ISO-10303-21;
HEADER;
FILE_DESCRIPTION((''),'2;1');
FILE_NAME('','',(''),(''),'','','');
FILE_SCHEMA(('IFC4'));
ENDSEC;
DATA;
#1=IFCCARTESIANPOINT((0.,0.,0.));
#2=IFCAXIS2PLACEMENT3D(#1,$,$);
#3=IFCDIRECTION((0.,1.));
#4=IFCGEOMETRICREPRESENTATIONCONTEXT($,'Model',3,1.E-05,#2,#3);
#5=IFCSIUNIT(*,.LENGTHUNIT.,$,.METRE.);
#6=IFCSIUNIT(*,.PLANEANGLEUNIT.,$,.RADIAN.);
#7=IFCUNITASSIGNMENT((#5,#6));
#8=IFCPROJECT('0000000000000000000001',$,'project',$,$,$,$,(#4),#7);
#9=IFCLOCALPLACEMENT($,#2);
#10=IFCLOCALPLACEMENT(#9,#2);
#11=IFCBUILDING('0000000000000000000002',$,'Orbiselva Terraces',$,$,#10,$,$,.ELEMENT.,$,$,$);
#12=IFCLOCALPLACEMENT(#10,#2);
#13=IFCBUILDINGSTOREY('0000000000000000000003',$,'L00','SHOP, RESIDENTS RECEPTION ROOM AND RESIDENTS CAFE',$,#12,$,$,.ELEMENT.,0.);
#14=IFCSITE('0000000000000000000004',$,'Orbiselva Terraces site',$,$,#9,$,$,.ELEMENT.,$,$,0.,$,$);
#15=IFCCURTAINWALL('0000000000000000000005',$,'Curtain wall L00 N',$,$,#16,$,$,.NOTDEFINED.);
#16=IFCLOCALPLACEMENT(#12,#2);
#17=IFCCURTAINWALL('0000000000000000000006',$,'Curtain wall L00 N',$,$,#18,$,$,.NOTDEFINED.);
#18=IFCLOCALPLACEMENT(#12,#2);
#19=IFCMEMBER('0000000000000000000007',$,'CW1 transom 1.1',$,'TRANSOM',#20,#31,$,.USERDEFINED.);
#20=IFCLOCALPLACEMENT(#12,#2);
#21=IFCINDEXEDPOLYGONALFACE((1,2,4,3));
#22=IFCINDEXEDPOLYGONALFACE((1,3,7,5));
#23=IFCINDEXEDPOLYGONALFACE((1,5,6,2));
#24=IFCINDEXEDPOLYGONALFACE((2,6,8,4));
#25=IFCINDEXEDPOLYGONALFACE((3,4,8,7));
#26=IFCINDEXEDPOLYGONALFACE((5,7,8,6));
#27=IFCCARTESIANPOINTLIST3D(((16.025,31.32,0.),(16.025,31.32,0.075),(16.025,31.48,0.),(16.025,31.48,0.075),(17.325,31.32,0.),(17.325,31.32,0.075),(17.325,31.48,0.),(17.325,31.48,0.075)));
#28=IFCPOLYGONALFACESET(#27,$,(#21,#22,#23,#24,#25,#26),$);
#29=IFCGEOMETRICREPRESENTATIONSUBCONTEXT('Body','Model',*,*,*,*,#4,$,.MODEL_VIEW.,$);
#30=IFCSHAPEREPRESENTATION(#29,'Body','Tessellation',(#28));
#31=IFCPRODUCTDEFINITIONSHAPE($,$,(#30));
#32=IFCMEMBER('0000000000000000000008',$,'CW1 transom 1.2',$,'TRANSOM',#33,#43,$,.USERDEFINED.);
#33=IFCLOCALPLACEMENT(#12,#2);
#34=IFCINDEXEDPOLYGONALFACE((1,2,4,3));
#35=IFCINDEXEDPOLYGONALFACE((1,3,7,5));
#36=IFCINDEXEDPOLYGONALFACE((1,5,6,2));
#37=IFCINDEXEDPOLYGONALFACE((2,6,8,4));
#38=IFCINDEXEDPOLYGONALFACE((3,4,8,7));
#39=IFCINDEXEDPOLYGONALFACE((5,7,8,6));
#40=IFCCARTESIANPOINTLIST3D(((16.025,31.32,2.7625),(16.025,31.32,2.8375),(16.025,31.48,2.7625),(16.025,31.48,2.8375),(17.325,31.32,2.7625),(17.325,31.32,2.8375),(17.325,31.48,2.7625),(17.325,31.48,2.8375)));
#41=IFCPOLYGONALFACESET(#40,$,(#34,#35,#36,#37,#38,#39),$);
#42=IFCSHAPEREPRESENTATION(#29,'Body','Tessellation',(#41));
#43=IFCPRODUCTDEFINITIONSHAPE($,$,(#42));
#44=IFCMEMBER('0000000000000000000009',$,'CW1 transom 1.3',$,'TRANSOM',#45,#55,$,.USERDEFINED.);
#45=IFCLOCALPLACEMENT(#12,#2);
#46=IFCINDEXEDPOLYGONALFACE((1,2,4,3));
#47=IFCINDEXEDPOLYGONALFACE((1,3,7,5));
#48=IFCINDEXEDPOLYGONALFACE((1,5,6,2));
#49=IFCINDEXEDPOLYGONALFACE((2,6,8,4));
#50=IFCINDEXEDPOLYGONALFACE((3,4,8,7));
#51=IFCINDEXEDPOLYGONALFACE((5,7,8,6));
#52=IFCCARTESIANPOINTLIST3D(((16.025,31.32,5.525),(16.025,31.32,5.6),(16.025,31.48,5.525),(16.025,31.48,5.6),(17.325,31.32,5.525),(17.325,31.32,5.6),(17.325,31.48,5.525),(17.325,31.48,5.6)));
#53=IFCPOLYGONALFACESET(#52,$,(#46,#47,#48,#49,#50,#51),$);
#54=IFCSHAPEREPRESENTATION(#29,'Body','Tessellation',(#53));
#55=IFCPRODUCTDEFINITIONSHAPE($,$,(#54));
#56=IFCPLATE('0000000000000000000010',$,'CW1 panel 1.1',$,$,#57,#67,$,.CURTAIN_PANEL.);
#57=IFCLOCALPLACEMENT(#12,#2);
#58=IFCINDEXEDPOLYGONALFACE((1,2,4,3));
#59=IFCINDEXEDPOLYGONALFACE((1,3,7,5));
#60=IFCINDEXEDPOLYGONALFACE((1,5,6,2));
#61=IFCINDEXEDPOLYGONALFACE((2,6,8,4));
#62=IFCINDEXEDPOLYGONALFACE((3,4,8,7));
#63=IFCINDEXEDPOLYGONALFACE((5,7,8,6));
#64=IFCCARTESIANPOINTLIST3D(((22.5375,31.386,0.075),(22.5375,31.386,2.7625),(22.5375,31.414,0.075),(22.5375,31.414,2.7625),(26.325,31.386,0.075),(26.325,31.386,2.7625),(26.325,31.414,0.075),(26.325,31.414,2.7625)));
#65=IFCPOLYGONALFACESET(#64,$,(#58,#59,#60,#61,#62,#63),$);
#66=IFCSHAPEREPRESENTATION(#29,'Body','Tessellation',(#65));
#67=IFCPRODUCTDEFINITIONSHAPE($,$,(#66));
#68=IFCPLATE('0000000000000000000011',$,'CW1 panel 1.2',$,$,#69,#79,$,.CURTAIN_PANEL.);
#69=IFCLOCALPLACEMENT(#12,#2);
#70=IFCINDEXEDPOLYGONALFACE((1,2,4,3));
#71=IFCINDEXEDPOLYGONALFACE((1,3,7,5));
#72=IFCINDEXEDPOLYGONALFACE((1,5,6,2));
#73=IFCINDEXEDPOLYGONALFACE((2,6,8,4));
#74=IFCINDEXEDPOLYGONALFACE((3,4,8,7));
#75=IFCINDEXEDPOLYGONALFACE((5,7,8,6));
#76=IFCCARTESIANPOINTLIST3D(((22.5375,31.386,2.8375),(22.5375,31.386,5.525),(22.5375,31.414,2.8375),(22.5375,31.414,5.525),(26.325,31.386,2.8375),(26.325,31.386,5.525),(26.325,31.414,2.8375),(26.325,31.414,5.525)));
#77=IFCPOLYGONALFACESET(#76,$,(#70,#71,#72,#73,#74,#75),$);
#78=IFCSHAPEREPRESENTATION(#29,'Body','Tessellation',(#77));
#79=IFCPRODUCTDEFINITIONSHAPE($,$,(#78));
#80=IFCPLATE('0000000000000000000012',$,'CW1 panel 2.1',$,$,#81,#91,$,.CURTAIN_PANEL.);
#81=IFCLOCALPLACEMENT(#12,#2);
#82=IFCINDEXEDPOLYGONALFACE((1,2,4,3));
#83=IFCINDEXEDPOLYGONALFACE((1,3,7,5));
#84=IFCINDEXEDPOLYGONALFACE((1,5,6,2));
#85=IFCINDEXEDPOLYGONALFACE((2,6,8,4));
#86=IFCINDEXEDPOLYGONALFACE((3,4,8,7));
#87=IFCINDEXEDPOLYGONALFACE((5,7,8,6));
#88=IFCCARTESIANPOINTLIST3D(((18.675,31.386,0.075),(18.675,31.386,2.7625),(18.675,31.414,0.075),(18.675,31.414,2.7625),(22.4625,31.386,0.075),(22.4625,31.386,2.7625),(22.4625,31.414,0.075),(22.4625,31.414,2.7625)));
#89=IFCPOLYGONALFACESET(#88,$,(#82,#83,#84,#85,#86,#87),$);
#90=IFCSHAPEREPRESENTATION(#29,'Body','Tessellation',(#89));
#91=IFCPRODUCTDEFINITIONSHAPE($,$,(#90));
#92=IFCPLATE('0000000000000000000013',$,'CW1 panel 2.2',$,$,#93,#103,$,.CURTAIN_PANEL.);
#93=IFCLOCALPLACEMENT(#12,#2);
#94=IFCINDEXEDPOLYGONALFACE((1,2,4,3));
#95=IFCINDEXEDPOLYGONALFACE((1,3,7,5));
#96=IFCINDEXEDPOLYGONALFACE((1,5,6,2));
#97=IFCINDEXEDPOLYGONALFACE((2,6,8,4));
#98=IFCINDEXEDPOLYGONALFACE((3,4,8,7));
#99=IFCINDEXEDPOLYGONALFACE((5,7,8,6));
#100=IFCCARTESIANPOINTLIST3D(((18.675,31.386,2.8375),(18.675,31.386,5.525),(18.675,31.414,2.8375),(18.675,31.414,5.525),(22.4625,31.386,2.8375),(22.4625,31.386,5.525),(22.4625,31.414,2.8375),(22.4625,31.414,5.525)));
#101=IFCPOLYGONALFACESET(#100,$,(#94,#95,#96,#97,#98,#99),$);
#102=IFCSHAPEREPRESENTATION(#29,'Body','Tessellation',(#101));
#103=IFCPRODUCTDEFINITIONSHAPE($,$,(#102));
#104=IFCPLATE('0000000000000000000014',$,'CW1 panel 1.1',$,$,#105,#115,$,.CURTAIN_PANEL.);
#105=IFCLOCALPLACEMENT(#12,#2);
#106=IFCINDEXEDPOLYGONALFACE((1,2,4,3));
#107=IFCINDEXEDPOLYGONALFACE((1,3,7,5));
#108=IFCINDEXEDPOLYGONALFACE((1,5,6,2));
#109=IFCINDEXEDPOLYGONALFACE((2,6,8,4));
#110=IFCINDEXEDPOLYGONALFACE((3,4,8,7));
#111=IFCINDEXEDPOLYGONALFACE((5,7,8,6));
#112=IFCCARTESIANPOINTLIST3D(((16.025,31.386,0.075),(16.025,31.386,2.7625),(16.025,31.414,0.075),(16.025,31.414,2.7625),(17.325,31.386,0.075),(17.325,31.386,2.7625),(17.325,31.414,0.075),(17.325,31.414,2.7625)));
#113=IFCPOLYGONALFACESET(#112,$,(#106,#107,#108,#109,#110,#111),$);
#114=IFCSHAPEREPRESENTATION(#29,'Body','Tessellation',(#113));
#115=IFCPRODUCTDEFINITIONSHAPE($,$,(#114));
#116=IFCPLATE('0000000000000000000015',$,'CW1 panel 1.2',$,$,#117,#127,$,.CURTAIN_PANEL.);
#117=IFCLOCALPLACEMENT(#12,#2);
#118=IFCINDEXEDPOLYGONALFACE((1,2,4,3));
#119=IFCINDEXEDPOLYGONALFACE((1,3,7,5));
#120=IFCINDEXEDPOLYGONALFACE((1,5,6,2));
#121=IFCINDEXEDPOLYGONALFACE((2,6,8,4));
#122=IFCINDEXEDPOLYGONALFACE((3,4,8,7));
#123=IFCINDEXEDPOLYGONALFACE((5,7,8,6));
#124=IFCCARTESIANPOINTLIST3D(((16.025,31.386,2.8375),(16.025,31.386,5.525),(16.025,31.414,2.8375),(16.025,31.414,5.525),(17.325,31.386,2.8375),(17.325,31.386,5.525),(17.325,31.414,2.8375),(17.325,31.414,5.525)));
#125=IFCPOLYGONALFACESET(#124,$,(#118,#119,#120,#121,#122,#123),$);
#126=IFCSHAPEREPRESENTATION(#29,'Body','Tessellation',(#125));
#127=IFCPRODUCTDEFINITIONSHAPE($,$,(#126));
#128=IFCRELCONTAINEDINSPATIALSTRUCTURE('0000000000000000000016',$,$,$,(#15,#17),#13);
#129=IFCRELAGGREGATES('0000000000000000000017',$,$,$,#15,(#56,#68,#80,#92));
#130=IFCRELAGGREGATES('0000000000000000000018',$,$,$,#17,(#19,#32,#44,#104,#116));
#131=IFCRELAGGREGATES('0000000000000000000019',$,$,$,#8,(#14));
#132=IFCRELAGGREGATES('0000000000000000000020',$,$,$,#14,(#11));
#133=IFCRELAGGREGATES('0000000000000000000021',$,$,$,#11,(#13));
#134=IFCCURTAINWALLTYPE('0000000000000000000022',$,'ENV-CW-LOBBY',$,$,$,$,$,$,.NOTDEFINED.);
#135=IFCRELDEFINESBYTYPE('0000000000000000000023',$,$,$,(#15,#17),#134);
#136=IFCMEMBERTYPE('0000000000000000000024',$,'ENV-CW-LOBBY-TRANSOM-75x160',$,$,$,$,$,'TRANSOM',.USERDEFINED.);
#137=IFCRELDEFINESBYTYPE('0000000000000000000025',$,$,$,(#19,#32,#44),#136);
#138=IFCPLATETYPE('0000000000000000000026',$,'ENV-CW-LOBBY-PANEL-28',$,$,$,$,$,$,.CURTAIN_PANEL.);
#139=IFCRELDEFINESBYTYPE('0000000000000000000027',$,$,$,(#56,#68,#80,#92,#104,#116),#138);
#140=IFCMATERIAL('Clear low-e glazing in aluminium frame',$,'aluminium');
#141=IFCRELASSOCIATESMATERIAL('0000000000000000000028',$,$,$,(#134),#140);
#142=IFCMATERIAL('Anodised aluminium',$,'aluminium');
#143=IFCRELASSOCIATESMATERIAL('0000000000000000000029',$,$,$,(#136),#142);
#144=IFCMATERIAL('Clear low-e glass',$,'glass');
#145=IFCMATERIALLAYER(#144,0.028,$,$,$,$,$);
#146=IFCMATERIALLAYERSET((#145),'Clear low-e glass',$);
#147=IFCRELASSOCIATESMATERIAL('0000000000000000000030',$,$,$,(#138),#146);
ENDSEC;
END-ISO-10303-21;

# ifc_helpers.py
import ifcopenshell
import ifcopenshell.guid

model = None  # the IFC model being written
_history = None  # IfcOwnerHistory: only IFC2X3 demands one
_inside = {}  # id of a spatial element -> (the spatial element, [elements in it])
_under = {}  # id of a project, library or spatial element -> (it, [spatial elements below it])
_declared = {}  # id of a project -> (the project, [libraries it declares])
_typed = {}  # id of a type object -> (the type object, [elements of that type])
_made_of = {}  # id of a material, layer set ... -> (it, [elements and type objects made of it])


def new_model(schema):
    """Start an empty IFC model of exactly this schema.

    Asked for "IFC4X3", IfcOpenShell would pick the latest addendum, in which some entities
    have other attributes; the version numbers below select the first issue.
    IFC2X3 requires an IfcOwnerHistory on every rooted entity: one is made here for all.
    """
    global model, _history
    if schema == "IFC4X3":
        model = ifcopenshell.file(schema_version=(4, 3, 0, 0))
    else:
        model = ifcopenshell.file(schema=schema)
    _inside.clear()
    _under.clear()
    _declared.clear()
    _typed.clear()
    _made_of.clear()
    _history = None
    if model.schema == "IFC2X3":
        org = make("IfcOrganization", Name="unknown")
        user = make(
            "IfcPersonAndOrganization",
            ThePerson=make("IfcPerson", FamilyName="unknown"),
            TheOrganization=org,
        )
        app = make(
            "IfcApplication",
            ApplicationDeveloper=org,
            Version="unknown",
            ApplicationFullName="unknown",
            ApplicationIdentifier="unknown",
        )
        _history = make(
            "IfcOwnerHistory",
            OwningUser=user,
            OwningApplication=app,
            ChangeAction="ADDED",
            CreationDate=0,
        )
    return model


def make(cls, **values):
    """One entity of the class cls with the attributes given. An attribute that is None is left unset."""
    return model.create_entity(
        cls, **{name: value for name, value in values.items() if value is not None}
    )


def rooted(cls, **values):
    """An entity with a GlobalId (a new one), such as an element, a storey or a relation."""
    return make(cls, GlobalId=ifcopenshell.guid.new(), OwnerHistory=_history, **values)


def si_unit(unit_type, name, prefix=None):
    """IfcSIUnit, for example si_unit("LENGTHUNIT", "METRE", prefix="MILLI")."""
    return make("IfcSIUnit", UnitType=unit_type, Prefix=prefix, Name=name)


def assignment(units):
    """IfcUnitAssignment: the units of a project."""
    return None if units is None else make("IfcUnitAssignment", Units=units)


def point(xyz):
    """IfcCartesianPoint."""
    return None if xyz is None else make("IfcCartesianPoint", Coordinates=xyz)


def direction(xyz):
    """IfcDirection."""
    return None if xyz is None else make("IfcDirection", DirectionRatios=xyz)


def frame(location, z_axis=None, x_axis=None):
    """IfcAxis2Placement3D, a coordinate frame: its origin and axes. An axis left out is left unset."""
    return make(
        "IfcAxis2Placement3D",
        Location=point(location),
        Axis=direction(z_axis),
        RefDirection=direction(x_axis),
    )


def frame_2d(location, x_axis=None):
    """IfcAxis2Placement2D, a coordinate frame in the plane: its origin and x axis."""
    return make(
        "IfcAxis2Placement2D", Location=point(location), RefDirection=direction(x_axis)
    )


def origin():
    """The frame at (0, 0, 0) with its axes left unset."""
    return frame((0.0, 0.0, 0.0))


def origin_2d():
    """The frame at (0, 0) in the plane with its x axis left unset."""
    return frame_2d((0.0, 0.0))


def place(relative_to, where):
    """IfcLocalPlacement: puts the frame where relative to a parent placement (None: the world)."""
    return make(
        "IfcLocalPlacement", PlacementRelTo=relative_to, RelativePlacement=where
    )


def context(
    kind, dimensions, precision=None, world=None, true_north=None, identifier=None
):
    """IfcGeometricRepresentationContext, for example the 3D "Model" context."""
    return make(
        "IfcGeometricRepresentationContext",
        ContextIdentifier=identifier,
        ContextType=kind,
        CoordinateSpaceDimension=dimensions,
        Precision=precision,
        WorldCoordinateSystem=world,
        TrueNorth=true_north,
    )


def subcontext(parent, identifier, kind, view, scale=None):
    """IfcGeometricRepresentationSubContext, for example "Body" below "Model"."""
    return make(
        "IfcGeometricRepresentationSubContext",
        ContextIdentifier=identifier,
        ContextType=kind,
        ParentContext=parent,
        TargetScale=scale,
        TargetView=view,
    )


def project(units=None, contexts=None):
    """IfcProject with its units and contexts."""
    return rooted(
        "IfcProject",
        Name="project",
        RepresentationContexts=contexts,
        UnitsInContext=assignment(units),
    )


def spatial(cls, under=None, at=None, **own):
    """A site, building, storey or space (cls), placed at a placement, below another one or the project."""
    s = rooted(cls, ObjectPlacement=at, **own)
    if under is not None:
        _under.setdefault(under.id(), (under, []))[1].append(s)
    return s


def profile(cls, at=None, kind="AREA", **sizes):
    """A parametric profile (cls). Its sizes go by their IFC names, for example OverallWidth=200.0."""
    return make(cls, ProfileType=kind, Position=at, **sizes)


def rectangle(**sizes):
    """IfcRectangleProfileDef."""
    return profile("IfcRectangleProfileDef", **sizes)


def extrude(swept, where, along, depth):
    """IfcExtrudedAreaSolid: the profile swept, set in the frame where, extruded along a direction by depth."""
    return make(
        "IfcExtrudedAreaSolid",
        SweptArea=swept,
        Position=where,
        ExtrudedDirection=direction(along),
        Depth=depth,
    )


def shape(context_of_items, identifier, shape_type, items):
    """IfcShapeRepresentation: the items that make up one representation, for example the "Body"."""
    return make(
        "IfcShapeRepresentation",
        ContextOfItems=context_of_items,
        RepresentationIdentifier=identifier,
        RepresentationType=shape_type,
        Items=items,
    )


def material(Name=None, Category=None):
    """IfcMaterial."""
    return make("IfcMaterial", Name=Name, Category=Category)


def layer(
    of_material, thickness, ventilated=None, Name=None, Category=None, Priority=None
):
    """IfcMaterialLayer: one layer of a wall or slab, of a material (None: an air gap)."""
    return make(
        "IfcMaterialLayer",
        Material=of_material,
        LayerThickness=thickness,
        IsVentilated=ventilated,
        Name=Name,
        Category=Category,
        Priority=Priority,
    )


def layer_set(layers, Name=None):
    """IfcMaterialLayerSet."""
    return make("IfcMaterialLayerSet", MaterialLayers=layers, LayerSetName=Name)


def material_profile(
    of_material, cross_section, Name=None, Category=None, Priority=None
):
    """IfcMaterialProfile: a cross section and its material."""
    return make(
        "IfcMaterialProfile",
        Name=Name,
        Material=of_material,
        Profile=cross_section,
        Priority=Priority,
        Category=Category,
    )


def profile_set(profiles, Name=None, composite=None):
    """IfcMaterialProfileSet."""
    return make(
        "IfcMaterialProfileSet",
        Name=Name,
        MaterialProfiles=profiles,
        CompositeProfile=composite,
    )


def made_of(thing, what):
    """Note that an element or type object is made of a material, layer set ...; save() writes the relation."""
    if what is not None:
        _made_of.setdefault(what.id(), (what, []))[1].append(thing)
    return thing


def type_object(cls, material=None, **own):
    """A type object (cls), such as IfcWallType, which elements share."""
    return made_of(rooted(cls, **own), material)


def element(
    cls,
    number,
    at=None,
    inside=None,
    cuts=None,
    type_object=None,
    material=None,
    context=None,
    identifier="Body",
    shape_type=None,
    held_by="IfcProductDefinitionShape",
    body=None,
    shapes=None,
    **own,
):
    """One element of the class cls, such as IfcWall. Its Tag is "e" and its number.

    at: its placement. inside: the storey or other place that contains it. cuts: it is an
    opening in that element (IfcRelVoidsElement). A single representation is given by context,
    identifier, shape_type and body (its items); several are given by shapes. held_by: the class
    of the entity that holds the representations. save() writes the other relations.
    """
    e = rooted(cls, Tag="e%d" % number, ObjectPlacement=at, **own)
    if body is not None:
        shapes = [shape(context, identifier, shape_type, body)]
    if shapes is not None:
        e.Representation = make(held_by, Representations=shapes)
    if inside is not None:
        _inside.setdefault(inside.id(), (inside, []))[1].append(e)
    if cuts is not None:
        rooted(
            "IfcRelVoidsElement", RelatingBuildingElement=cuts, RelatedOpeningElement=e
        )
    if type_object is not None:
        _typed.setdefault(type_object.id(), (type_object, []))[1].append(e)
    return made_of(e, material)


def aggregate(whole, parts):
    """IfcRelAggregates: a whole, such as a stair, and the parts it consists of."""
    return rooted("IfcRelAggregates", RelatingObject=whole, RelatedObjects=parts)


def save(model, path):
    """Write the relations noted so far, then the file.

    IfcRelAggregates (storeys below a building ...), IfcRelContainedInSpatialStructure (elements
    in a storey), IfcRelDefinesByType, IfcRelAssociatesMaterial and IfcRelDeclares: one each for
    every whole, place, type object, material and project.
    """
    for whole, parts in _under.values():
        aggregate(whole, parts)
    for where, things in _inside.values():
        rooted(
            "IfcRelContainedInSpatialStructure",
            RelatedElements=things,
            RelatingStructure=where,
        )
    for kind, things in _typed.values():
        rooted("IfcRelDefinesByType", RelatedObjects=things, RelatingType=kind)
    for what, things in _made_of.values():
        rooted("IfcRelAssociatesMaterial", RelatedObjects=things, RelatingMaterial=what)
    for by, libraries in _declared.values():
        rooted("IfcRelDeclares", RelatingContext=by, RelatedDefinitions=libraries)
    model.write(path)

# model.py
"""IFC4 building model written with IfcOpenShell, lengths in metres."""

from ifc_helpers import new_model, si_unit, direction, frame, origin, origin_2d, place, context, subcontext, project, spatial, rectangle, extrude, material, layer, layer_set, material_profile, profile_set, type_object, element, aggregate, save


model = new_model("IFC4")

# Units and contexts
model_context = context("Model", 3, precision=1e-05, world=origin(), true_north=direction((0.0, 1.0)))
body_context = subcontext(model_context, "Body", "Model", "MODEL_VIEW")
ifc_project = project(units=[si_unit("LENGTHUNIT", "METRE"), si_unit("PLANEANGLEUNIT", "RADIAN")], contexts=[model_context])

# Site, building, storey
site_placement = place(None, origin())
site = spatial("IfcSite", under=ifc_project, at=site_placement, Name="Orbiselva Terraces site", CompositionType="ELEMENT", RefElevation=0.0)
building_placement = place(site_placement, origin())
building = spatial("IfcBuilding", under=site, at=building_placement, Name="Orbiselva Terraces", CompositionType="ELEMENT")
storey_placement = place(building_placement, origin())
storey = spatial("IfcBuildingStorey", under=building, at=storey_placement, Name="L00", Description="SHOP, RESIDENTS RECEPTION ROOM AND RESIDENTS CAFE", CompositionType="ELEMENT", Elevation=0.0)

# Curtain wall
ifc_material_1 = material(Name="Clear low-e glazing in aluminium frame", Category="aluminium")
curtain_wall_type = type_object("IfcCurtainWallType", Name="ENV-CW-LOBBY", PredefinedType="NOTDEFINED", material=ifc_material_1)
curtain_wall_1_placement = place(storey_placement, origin())
curtain_wall_1 = element("IfcCurtainWall", 1, at=curtain_wall_1_placement, inside=storey, type_object=curtain_wall_type, Name="Curtain wall L00 N", PredefinedType="NOTDEFINED")
ifc_material_2 = material(Name="Anodised aluminium", Category="aluminium")

# Curtain wall
curtain_wall_2_placement = place(storey_placement, origin())
curtain_wall_2 = element("IfcCurtainWall", 2, at=curtain_wall_2_placement, inside=storey, type_object=curtain_wall_type, Name="Curtain wall L00 N", PredefinedType="NOTDEFINED")

# Members
ifc_material_profile_1 = material_profile(ifc_material_2, rectangle(XDim=0.16, YDim=0.075, at=origin_2d()), Name="AL 75x160")
ifc_profile_set_1 = profile_set([ifc_material_profile_1], Name="Anodised aluminium")
member_type_1 = type_object("IfcMemberType", Name="ENV-CW-LOBBY-TRANSOM-75x160", ElementType="TRANSOM", PredefinedType="USERDEFINED", material=ifc_profile_set_1)
member_1_placement = place(storey_placement, frame((17.325, 31.4, 0.0375), z_axis=(-1.0, 0.0, 0.0), x_axis=(0.0, -1.0, 0.0)))
member_1 = element("IfcMember", 3, at=member_1_placement, type_object=member_type_1, Name="CW1 transom 1.1", ObjectType="TRANSOM", PredefinedType="USERDEFINED", context=body_context, shape_type="SweptSolid", body=[
    extrude(rectangle(XDim=0.16, YDim=0.075, at=origin_2d()), origin(), (0.0, 0.0, 1.0), 1.3),
])
member_2_placement = place(storey_placement, frame((17.325, 31.4, 2.8), z_axis=(-1.0, 0.0, 0.0), x_axis=(0.0, -1.0, 0.0)))
member_2 = element("IfcMember", 4, at=member_2_placement, type_object=member_type_1, Name="CW1 transom 1.2", ObjectType="TRANSOM", PredefinedType="USERDEFINED", context=body_context, shape_type="SweptSolid", body=[
    extrude(rectangle(XDim=0.16, YDim=0.075, at=origin_2d()), origin(), (0.0, 0.0, 1.0), 1.3),
])
member_3_placement = place(storey_placement, frame((17.325, 31.4, 5.5625), z_axis=(-1.0, 0.0, 0.0), x_axis=(0.0, -1.0, 0.0)))
member_3 = element("IfcMember", 5, at=member_3_placement, type_object=member_type_1, Name="CW1 transom 1.3", ObjectType="TRANSOM", PredefinedType="USERDEFINED", context=body_context, shape_type="SweptSolid", body=[
    extrude(rectangle(XDim=0.16, YDim=0.075, at=origin_2d()), origin(), (0.0, 0.0, 1.0), 1.3),
])

# Plates
ifc_material_3 = material(Name="Clear low-e glass", Category="glass")
ifc_layer_1 = layer(ifc_material_3, 0.028)
ifc_layer_set_1 = layer_set([ifc_layer_1], Name="Clear low-e glass")
plate_type = type_object("IfcPlateType", Name="ENV-CW-LOBBY-PANEL-28", PredefinedType="CURTAIN_PANEL", material=ifc_layer_set_1)
plate_1_placement = place(storey_placement, frame((24.4312, 31.4, 0.075), z_axis=(0.0, 0.0, 1.0), x_axis=(-1.0, 0.0, 0.0)))
plate_1 = element("IfcPlate", 6, at=plate_1_placement, type_object=plate_type, Name="CW1 panel 1.1", PredefinedType="CURTAIN_PANEL", context=body_context, shape_type="SweptSolid", body=[
    extrude(rectangle(XDim=3.7875, YDim=0.028, at=origin_2d()), origin(), (0.0, 0.0, 1.0), 2.6875),
])
plate_2_placement = place(storey_placement, frame((24.4312, 31.4, 2.8375), z_axis=(0.0, 0.0, 1.0), x_axis=(-1.0, 0.0, 0.0)))
plate_2 = element("IfcPlate", 7, at=plate_2_placement, type_object=plate_type, Name="CW1 panel 1.2", PredefinedType="CURTAIN_PANEL", context=body_context, shape_type="SweptSolid", body=[
    extrude(rectangle(XDim=3.7875, YDim=0.028, at=origin_2d()), origin(), (0.0, 0.0, 1.0), 2.6875),
])
plate_3_placement = place(storey_placement, frame((20.5688, 31.4, 0.075), z_axis=(0.0, 0.0, 1.0), x_axis=(-1.0, 0.0, 0.0)))
plate_3 = element("IfcPlate", 8, at=plate_3_placement, type_object=plate_type, Name="CW1 panel 2.1", PredefinedType="CURTAIN_PANEL", context=body_context, shape_type="SweptSolid", body=[
    extrude(rectangle(XDim=3.7875, YDim=0.028, at=origin_2d()), origin(), (0.0, 0.0, 1.0), 2.6875),
])
plate_4_placement = place(storey_placement, frame((20.5688, 31.4, 2.8375), z_axis=(0.0, 0.0, 1.0), x_axis=(-1.0, 0.0, 0.0)))
plate_4 = element("IfcPlate", 9, at=plate_4_placement, type_object=plate_type, Name="CW1 panel 2.2", PredefinedType="CURTAIN_PANEL", context=body_context, shape_type="SweptSolid", body=[
    extrude(rectangle(XDim=3.7875, YDim=0.028, at=origin_2d()), origin(), (0.0, 0.0, 1.0), 2.6875),
])
aggregate(curtain_wall_1, [plate_1, plate_2, plate_3, plate_4])
plate_5_placement = place(storey_placement, frame((16.675, 31.4, 0.075), z_axis=(0.0, 0.0, 1.0), x_axis=(-1.0, 0.0, 0.0)))
plate_5 = element("IfcPlate", 10, at=plate_5_placement, type_object=plate_type, Name="CW1 panel 1.1", PredefinedType="CURTAIN_PANEL", context=body_context, shape_type="SweptSolid", body=[
    extrude(rectangle(XDim=1.3, YDim=0.028, at=origin_2d()), origin(), (0.0, 0.0, 1.0), 2.6875),
])
plate_6_placement = place(storey_placement, frame((16.675, 31.4, 2.8375), z_axis=(0.0, 0.0, 1.0), x_axis=(-1.0, 0.0, 0.0)))
plate_6 = element("IfcPlate", 11, at=plate_6_placement, type_object=plate_type, Name="CW1 panel 1.2", PredefinedType="CURTAIN_PANEL", context=body_context, shape_type="SweptSolid", body=[
    extrude(rectangle(XDim=1.3, YDim=0.028, at=origin_2d()), origin(), (0.0, 0.0, 1.0), 2.6875),
])
aggregate(curtain_wall_2, [member_1, member_2, member_3, plate_5, plate_6])

save(model, "model.ifc")
